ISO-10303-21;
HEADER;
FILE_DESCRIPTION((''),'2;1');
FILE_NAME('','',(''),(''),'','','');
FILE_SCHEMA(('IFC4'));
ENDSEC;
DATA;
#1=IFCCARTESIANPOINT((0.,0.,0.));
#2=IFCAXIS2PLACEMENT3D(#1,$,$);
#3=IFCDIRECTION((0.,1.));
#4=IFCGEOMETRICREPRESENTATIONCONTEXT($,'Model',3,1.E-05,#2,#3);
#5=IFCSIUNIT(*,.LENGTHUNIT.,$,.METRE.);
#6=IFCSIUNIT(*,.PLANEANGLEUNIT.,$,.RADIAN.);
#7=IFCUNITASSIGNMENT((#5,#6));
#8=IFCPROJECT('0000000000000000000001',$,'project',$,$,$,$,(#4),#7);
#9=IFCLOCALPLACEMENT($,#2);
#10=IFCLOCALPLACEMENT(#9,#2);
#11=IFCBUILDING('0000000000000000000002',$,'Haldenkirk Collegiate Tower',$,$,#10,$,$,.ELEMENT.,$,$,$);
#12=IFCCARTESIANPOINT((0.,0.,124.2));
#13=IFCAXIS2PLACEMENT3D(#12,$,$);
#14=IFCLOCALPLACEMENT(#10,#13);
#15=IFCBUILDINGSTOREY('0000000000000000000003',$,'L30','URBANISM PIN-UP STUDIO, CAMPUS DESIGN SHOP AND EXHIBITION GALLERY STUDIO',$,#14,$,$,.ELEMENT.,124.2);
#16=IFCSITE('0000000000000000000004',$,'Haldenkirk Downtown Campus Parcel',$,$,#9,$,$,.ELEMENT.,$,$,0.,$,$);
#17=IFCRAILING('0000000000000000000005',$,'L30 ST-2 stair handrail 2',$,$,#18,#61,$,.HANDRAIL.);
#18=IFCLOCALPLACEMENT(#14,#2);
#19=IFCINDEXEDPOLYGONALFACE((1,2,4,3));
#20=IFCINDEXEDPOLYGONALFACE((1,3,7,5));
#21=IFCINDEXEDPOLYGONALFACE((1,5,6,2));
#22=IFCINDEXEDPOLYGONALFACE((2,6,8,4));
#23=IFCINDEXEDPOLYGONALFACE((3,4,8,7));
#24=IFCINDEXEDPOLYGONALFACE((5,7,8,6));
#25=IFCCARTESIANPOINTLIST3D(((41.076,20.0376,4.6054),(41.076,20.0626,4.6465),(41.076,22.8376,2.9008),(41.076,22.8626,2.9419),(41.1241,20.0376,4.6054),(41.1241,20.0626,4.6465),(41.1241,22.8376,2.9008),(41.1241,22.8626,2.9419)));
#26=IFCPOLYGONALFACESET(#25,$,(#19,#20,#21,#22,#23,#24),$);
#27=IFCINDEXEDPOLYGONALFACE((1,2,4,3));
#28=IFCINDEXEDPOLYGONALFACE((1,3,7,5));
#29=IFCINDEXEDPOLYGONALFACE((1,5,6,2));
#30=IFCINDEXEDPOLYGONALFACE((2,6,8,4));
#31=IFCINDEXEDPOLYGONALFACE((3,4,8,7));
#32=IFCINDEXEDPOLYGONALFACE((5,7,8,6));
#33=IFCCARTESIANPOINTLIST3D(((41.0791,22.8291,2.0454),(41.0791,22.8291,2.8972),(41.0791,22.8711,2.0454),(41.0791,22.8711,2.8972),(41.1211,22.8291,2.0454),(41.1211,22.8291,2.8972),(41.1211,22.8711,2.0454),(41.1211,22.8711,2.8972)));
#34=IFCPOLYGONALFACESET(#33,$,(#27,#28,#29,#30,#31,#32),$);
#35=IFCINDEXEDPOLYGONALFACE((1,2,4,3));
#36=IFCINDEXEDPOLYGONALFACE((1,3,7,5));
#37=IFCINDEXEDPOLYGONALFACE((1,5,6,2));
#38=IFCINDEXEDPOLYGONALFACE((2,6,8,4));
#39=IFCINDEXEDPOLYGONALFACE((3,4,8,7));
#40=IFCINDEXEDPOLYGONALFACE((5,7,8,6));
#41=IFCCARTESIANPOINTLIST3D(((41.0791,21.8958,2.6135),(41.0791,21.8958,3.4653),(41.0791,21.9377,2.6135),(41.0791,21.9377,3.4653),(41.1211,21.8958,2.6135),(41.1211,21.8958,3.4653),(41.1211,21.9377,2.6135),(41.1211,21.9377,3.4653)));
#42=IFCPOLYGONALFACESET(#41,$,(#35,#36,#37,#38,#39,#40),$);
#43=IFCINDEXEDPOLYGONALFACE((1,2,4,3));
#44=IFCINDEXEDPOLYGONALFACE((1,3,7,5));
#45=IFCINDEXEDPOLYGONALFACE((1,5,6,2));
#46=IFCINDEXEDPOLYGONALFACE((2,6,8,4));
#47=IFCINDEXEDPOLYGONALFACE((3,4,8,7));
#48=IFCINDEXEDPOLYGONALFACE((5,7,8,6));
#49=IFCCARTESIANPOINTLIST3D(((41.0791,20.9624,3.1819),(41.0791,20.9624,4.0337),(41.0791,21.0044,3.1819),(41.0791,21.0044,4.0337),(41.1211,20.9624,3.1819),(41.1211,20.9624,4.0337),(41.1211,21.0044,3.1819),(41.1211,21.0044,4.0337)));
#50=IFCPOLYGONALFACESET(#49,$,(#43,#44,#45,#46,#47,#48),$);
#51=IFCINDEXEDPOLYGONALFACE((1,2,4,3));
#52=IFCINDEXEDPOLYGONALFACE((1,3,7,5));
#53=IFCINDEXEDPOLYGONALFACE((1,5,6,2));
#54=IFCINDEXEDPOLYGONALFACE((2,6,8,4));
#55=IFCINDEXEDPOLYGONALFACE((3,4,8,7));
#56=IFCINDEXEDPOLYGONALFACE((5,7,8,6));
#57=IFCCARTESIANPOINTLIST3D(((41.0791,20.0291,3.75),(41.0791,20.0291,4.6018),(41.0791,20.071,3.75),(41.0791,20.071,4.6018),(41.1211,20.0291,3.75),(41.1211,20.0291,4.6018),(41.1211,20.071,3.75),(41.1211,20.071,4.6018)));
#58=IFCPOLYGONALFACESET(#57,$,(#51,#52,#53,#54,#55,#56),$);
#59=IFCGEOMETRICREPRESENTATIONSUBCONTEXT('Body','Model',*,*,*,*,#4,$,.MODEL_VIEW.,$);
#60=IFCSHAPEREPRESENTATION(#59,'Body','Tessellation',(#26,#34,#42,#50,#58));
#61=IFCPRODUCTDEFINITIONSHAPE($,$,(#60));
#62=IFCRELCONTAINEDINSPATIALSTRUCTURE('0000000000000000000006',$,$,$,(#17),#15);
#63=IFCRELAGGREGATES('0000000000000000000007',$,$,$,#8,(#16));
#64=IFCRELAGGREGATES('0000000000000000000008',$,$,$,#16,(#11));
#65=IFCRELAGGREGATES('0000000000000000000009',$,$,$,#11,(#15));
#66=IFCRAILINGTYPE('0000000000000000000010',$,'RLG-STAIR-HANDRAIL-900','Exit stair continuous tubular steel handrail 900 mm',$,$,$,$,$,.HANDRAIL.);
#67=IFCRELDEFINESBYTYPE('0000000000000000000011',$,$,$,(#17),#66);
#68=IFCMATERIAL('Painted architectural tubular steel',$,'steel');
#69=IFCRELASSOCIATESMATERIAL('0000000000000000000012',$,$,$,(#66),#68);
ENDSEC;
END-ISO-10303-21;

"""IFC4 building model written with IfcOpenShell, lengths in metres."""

from ifc_helpers import new_model, si_unit, direction, frame, origin, origin_2d, place, context, subcontext, project, spatial, rectangle, extrude, material, type_object, element, save


model = new_model("IFC4")

# Units and contexts
model_context = context("Model", 3, precision=1e-05, world=origin(), true_north=direction((0.0, 1.0)))
body_context = subcontext(model_context, "Body", "Model", "MODEL_VIEW")
ifc_project = project(units=[si_unit("LENGTHUNIT", "METRE"), si_unit("PLANEANGLEUNIT", "RADIAN")], contexts=[model_context])

# Site, building, storey
site_placement = place(None, origin())
site = spatial("IfcSite", under=ifc_project, at=site_placement, Name="Haldenkirk Downtown Campus Parcel", CompositionType="ELEMENT", RefElevation=0.0)
building_placement = place(site_placement, origin())
building = spatial("IfcBuilding", under=site, at=building_placement, Name="Haldenkirk Collegiate Tower", CompositionType="ELEMENT")
storey_placement = place(building_placement, frame((0.0, 0.0, 124.2)))
storey = spatial("IfcBuildingStorey", under=building, at=storey_placement, Name="L30", Description="URBANISM PIN-UP STUDIO, CAMPUS DESIGN SHOP AND EXHIBITION GALLERY STUDIO", CompositionType="ELEMENT", Elevation=124.2)

# Railing
ifc_material_1 = material(Name="Painted architectural tubular steel", Category="steel")
railing_type_1 = type_object("IfcRailingType", Name="RLG-STAIR-HANDRAIL-900", Description="Exit stair continuous tubular steel handrail 900 mm", PredefinedType="HANDRAIL", material=ifc_material_1)
railing_1_placement = place(storey_placement, frame((41.1001, 22.8501, 2.0454)))
element("IfcRailing", 1, at=railing_1_placement, inside=storey, type_object=railing_type_1, Name="L30 ST-2 stair handrail 2", PredefinedType="HANDRAIL", context=body_context, shape_type="SweptSolid", body=[
    extrude(rectangle(XDim=0.0481, YDim=0.0481, at=origin_2d()), frame((0.0, 0.0, 0.876), z_axis=(0.0, -0.85417, 0.519994), x_axis=(1.0, 0.0, 0.0)), (0.0, 0.0, 1.0), 3.2781),
    extrude(rectangle(XDim=0.042, YDim=0.042, at=origin_2d()), origin(), (0.0, 0.0, 1.0), 0.8518),
    extrude(rectangle(XDim=0.042, YDim=0.042, at=origin_2d()), frame((0.0, -0.9333, 0.5681)), (0.0, 0.0, 1.0), 0.8518),
    extrude(rectangle(XDim=0.042, YDim=0.042, at=origin_2d()), frame((0.0, -1.8667, 1.1365)), (0.0, 0.0, 1.0), 0.8518),
    extrude(rectangle(XDim=0.042, YDim=0.042, at=origin_2d()), frame((0.0, -2.8, 1.7046)), (0.0, 0.0, 1.0), 0.8518),
])

save(model, "model.ifc")
